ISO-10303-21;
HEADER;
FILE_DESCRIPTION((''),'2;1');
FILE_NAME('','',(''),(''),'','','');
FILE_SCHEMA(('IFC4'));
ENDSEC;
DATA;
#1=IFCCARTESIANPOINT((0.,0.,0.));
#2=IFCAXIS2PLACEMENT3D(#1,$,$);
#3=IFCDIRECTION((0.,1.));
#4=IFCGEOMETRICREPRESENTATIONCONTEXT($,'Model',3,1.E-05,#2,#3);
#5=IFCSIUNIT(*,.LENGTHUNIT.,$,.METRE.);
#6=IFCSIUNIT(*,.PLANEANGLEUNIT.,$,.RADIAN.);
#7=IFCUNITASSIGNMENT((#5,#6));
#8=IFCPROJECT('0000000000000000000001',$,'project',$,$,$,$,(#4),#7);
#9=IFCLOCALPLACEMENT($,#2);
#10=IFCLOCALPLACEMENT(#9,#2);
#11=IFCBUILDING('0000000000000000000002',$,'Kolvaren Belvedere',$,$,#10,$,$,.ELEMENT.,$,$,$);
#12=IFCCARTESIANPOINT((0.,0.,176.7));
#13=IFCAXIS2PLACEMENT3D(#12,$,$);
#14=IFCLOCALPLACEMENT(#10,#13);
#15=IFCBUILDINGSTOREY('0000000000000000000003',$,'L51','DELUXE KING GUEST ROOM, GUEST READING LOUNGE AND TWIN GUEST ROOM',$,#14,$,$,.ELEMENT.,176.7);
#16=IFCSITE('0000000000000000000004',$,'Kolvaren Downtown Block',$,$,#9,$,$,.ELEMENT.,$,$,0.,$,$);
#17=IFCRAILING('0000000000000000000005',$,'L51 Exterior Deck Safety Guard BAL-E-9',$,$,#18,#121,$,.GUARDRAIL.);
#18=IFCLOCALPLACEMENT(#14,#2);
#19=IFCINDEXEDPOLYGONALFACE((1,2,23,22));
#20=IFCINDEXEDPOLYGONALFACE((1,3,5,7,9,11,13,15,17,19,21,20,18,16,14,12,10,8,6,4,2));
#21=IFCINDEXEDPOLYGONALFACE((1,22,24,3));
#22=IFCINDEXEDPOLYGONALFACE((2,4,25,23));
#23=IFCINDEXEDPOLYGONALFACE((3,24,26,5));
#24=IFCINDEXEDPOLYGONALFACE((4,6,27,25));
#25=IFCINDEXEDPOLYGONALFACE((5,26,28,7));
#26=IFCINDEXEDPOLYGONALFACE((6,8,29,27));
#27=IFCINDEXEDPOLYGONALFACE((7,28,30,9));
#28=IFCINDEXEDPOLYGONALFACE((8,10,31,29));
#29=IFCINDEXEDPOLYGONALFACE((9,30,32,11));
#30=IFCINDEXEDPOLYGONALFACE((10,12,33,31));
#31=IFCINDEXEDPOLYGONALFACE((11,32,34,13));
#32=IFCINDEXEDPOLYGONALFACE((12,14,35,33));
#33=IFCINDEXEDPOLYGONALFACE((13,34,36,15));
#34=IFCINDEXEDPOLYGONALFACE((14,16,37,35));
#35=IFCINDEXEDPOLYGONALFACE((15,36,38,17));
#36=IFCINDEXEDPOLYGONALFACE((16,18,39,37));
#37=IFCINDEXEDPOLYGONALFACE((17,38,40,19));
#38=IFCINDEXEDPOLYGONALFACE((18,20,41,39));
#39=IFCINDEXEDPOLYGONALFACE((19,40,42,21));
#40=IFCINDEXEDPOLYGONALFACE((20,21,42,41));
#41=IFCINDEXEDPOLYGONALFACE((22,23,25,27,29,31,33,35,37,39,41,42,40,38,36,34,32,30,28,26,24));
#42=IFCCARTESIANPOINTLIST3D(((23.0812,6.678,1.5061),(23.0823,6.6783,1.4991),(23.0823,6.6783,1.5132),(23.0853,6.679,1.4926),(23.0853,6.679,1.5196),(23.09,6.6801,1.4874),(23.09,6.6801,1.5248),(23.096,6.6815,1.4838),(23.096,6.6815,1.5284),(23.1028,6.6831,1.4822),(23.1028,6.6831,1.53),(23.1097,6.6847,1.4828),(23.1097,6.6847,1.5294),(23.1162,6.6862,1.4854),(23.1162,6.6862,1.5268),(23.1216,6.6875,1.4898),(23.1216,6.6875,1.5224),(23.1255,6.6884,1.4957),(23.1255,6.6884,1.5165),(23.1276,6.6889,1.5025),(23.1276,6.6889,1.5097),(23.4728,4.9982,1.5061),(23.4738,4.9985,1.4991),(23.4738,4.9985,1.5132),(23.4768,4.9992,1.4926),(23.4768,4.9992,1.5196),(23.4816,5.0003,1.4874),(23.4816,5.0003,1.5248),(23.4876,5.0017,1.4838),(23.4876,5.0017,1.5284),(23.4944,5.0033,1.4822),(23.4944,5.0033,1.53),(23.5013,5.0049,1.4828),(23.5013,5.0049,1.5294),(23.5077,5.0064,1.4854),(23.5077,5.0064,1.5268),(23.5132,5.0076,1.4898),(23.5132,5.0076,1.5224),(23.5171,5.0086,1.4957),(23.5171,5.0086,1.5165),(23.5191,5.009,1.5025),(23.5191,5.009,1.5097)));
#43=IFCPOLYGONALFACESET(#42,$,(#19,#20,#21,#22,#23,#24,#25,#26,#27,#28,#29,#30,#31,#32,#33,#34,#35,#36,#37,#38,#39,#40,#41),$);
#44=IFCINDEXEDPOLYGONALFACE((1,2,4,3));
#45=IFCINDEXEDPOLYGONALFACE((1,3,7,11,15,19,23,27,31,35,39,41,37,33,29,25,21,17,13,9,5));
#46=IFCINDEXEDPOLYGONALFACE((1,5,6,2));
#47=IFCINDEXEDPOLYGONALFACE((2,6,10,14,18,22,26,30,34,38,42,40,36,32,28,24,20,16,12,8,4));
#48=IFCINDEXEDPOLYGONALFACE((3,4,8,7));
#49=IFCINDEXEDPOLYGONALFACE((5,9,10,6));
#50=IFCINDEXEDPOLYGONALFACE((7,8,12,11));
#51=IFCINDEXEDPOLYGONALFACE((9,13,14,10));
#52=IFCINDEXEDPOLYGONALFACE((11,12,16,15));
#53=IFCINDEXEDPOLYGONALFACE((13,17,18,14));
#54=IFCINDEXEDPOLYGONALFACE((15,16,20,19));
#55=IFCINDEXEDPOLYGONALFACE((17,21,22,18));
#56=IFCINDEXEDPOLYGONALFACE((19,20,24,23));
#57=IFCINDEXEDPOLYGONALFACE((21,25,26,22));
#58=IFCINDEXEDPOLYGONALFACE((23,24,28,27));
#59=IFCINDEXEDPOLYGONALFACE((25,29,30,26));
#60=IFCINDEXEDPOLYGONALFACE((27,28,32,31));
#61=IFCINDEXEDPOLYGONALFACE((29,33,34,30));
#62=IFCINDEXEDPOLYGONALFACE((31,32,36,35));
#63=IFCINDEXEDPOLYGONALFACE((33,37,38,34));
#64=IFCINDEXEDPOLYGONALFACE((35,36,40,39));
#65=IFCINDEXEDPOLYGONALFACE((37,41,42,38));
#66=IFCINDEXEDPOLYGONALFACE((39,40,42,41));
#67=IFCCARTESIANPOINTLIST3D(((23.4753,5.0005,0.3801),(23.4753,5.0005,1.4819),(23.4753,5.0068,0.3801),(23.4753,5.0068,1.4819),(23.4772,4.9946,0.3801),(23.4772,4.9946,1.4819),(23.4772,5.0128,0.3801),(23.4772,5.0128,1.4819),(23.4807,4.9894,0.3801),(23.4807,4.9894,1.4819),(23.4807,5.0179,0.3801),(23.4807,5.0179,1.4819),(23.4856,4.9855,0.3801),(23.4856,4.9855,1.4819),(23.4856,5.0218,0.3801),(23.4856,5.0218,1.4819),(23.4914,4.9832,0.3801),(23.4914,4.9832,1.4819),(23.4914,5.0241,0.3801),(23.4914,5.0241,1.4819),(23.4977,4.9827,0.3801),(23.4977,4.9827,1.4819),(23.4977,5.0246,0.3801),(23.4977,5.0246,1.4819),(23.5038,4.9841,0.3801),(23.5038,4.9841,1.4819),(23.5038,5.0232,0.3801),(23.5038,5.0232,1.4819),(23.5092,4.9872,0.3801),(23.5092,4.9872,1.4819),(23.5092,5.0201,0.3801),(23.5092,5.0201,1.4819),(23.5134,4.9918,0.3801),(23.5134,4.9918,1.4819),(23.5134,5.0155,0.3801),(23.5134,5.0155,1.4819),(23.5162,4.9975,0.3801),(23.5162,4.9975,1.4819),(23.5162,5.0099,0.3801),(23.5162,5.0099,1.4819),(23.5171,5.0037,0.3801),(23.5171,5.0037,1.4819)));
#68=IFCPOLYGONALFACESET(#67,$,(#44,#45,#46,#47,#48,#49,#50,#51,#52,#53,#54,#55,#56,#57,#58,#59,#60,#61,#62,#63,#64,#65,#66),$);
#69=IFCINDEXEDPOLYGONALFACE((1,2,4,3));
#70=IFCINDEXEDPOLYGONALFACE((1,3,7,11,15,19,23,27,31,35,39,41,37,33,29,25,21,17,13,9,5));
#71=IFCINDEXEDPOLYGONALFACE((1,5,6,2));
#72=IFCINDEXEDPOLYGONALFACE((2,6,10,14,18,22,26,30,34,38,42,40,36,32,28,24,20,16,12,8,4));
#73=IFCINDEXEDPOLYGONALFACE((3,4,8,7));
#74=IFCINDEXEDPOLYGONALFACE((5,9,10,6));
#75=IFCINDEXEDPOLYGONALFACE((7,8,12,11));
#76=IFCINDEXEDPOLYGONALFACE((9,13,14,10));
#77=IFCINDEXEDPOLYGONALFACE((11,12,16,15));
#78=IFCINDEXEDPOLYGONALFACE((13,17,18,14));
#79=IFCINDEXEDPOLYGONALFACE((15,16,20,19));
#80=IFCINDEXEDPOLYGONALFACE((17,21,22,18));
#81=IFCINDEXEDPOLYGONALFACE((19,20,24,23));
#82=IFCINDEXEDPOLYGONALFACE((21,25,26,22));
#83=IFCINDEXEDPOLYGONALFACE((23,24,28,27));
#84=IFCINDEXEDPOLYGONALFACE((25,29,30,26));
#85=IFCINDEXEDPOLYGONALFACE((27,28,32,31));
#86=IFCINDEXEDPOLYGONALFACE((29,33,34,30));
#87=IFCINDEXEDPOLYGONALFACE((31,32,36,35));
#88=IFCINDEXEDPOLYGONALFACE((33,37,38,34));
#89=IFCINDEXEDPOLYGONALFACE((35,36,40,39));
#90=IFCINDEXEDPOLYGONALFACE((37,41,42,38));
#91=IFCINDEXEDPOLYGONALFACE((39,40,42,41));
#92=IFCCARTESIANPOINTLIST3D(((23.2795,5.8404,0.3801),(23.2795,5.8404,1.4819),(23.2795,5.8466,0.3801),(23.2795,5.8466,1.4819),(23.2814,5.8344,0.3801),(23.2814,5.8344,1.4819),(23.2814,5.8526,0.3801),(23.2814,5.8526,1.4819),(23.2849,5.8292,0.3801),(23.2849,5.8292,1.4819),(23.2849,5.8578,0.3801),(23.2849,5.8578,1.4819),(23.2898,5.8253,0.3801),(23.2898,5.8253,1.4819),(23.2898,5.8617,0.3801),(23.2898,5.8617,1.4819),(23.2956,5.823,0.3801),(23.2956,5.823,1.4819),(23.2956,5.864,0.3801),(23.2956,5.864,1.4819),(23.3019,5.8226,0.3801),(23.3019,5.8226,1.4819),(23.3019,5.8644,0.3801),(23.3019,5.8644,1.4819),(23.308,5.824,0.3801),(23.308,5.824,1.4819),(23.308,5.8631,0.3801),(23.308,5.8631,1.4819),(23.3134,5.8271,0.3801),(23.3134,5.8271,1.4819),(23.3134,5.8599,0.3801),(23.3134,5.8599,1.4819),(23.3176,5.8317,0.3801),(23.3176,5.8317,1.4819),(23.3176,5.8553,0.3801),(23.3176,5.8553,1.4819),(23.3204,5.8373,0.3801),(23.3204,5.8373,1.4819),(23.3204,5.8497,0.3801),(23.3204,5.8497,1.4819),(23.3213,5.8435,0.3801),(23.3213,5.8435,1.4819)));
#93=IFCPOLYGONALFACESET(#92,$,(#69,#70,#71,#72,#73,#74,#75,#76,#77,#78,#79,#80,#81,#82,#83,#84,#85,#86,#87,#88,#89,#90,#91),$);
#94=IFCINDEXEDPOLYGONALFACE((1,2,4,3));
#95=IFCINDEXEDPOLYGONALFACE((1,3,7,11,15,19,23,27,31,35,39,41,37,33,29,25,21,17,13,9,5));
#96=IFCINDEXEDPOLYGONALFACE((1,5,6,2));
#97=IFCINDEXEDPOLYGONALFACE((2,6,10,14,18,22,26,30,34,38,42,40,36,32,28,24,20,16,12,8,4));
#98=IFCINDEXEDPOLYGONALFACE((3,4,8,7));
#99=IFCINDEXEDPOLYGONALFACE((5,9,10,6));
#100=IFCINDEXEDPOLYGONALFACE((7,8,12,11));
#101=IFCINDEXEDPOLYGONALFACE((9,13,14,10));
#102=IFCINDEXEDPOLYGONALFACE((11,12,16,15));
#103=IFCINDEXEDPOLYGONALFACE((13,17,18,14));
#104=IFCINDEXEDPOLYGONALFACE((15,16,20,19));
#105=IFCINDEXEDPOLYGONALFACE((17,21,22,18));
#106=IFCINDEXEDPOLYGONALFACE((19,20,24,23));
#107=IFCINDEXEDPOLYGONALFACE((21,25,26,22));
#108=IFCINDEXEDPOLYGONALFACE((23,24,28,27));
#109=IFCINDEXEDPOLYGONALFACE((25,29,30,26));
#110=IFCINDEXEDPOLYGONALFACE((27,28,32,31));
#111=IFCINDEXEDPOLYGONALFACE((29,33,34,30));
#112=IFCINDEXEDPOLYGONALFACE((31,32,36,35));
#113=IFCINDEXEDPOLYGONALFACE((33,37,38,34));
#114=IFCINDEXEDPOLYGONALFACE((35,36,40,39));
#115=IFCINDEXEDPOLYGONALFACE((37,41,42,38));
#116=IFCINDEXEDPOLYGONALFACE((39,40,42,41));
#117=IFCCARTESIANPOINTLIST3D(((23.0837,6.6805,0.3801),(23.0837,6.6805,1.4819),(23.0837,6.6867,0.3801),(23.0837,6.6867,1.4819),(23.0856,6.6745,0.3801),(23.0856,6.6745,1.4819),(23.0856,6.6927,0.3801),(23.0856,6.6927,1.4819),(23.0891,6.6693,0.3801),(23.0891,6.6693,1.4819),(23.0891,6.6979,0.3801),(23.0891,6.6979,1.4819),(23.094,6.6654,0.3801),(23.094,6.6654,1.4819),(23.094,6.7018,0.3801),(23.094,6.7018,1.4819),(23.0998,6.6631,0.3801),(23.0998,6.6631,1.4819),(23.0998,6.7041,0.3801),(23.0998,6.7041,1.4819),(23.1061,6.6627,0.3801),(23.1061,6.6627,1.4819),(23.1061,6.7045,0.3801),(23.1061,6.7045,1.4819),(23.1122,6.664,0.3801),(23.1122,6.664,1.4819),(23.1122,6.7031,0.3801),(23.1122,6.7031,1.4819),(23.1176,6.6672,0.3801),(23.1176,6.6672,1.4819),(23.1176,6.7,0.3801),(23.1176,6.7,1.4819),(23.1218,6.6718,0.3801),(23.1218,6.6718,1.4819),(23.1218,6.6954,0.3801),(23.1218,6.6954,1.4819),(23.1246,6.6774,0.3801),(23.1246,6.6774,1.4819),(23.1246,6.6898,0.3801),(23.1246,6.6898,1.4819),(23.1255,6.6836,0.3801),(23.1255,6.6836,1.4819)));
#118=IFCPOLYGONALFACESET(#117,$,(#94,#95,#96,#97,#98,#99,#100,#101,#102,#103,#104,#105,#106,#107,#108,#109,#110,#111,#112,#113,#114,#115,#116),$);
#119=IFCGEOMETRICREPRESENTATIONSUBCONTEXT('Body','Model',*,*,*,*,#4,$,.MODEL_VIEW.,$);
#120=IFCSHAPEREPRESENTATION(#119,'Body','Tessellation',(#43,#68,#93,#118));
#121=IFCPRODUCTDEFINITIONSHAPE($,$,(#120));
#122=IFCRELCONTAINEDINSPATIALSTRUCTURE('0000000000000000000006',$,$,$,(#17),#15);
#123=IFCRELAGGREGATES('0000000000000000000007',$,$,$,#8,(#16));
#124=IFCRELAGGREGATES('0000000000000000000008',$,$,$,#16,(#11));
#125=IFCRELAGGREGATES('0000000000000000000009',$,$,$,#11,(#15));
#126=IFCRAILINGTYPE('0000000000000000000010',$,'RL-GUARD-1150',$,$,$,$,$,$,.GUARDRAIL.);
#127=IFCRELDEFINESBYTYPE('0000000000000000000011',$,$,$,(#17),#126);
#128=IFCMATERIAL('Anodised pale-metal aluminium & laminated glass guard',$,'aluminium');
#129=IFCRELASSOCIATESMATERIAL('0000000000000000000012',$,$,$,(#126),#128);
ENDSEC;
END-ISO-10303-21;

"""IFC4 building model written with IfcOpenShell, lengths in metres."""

from ifc_helpers import new_model, si_unit, direction, frame, origin, origin_2d, place, context, subcontext, project, spatial, circle, extrude, material, type_object, element, save


model = new_model("IFC4")

# Units and contexts
model_context = context("Model", 3, precision=1e-05, world=origin(), true_north=direction((0.0, 1.0)))
body_context = subcontext(model_context, "Body", "Model", "MODEL_VIEW")
ifc_project = project(units=[si_unit("LENGTHUNIT", "METRE"), si_unit("PLANEANGLEUNIT", "RADIAN")], contexts=[model_context])

# Site, building, storey
site_placement = place(None, origin())
site = spatial("IfcSite", under=ifc_project, at=site_placement, Name="Kolvaren Downtown Block", CompositionType="ELEMENT", RefElevation=0.0)
building_placement = place(site_placement, origin())
building = spatial("IfcBuilding", under=site, at=building_placement, Name="Kolvaren Belvedere", CompositionType="ELEMENT")
storey_placement = place(building_placement, frame((0.0, 0.0, 176.7)))
storey = spatial("IfcBuildingStorey", under=building, at=storey_placement, Name="L51", Description="DELUXE KING GUEST ROOM, GUEST READING LOUNGE AND TWIN GUEST ROOM", CompositionType="ELEMENT", Elevation=176.7)

# Railing
ifc_material_1 = material(Name="Anodised pale-metal aluminium & laminated glass guard", Category="aluminium")
railing_type = type_object("IfcRailingType", Name="RL-GUARD-1150", PredefinedType="GUARDRAIL", material=ifc_material_1)
railing_1_placement = place(storey_placement, frame((23.4961, 5.0037, 0.3801)))
element("IfcRailing", 1, at=railing_1_placement, inside=storey, type_object=railing_type, Name="L51 Exterior Deck Safety Guard BAL-E-9", PredefinedType="GUARDRAIL", context=body_context, shape_type="SweptSolid", body=[
    extrude(circle(Radius=0.0239, at=origin_2d()), frame((0.0, 0.0, 1.126), z_axis=(-0.227019, 0.97389, 0.0), x_axis=(-0.97389, -0.227019, 0.0)), (0.0, 0.0, 1.0), 1.7249),
    extrude(circle(Radius=0.021, at=origin_2d()), origin(), (0.0, 0.0, 1.0), 1.1018),
    extrude(circle(Radius=0.021, at=origin_2d()), frame((-0.1958, 0.8398, 0.0)), (0.0, 0.0, 1.0), 1.1018),
    extrude(circle(Radius=0.021, at=origin_2d()), frame((-0.3916, 1.6799, 0.0)), (0.0, 0.0, 1.0), 1.1018),
])

save(model, "model.ifc")
